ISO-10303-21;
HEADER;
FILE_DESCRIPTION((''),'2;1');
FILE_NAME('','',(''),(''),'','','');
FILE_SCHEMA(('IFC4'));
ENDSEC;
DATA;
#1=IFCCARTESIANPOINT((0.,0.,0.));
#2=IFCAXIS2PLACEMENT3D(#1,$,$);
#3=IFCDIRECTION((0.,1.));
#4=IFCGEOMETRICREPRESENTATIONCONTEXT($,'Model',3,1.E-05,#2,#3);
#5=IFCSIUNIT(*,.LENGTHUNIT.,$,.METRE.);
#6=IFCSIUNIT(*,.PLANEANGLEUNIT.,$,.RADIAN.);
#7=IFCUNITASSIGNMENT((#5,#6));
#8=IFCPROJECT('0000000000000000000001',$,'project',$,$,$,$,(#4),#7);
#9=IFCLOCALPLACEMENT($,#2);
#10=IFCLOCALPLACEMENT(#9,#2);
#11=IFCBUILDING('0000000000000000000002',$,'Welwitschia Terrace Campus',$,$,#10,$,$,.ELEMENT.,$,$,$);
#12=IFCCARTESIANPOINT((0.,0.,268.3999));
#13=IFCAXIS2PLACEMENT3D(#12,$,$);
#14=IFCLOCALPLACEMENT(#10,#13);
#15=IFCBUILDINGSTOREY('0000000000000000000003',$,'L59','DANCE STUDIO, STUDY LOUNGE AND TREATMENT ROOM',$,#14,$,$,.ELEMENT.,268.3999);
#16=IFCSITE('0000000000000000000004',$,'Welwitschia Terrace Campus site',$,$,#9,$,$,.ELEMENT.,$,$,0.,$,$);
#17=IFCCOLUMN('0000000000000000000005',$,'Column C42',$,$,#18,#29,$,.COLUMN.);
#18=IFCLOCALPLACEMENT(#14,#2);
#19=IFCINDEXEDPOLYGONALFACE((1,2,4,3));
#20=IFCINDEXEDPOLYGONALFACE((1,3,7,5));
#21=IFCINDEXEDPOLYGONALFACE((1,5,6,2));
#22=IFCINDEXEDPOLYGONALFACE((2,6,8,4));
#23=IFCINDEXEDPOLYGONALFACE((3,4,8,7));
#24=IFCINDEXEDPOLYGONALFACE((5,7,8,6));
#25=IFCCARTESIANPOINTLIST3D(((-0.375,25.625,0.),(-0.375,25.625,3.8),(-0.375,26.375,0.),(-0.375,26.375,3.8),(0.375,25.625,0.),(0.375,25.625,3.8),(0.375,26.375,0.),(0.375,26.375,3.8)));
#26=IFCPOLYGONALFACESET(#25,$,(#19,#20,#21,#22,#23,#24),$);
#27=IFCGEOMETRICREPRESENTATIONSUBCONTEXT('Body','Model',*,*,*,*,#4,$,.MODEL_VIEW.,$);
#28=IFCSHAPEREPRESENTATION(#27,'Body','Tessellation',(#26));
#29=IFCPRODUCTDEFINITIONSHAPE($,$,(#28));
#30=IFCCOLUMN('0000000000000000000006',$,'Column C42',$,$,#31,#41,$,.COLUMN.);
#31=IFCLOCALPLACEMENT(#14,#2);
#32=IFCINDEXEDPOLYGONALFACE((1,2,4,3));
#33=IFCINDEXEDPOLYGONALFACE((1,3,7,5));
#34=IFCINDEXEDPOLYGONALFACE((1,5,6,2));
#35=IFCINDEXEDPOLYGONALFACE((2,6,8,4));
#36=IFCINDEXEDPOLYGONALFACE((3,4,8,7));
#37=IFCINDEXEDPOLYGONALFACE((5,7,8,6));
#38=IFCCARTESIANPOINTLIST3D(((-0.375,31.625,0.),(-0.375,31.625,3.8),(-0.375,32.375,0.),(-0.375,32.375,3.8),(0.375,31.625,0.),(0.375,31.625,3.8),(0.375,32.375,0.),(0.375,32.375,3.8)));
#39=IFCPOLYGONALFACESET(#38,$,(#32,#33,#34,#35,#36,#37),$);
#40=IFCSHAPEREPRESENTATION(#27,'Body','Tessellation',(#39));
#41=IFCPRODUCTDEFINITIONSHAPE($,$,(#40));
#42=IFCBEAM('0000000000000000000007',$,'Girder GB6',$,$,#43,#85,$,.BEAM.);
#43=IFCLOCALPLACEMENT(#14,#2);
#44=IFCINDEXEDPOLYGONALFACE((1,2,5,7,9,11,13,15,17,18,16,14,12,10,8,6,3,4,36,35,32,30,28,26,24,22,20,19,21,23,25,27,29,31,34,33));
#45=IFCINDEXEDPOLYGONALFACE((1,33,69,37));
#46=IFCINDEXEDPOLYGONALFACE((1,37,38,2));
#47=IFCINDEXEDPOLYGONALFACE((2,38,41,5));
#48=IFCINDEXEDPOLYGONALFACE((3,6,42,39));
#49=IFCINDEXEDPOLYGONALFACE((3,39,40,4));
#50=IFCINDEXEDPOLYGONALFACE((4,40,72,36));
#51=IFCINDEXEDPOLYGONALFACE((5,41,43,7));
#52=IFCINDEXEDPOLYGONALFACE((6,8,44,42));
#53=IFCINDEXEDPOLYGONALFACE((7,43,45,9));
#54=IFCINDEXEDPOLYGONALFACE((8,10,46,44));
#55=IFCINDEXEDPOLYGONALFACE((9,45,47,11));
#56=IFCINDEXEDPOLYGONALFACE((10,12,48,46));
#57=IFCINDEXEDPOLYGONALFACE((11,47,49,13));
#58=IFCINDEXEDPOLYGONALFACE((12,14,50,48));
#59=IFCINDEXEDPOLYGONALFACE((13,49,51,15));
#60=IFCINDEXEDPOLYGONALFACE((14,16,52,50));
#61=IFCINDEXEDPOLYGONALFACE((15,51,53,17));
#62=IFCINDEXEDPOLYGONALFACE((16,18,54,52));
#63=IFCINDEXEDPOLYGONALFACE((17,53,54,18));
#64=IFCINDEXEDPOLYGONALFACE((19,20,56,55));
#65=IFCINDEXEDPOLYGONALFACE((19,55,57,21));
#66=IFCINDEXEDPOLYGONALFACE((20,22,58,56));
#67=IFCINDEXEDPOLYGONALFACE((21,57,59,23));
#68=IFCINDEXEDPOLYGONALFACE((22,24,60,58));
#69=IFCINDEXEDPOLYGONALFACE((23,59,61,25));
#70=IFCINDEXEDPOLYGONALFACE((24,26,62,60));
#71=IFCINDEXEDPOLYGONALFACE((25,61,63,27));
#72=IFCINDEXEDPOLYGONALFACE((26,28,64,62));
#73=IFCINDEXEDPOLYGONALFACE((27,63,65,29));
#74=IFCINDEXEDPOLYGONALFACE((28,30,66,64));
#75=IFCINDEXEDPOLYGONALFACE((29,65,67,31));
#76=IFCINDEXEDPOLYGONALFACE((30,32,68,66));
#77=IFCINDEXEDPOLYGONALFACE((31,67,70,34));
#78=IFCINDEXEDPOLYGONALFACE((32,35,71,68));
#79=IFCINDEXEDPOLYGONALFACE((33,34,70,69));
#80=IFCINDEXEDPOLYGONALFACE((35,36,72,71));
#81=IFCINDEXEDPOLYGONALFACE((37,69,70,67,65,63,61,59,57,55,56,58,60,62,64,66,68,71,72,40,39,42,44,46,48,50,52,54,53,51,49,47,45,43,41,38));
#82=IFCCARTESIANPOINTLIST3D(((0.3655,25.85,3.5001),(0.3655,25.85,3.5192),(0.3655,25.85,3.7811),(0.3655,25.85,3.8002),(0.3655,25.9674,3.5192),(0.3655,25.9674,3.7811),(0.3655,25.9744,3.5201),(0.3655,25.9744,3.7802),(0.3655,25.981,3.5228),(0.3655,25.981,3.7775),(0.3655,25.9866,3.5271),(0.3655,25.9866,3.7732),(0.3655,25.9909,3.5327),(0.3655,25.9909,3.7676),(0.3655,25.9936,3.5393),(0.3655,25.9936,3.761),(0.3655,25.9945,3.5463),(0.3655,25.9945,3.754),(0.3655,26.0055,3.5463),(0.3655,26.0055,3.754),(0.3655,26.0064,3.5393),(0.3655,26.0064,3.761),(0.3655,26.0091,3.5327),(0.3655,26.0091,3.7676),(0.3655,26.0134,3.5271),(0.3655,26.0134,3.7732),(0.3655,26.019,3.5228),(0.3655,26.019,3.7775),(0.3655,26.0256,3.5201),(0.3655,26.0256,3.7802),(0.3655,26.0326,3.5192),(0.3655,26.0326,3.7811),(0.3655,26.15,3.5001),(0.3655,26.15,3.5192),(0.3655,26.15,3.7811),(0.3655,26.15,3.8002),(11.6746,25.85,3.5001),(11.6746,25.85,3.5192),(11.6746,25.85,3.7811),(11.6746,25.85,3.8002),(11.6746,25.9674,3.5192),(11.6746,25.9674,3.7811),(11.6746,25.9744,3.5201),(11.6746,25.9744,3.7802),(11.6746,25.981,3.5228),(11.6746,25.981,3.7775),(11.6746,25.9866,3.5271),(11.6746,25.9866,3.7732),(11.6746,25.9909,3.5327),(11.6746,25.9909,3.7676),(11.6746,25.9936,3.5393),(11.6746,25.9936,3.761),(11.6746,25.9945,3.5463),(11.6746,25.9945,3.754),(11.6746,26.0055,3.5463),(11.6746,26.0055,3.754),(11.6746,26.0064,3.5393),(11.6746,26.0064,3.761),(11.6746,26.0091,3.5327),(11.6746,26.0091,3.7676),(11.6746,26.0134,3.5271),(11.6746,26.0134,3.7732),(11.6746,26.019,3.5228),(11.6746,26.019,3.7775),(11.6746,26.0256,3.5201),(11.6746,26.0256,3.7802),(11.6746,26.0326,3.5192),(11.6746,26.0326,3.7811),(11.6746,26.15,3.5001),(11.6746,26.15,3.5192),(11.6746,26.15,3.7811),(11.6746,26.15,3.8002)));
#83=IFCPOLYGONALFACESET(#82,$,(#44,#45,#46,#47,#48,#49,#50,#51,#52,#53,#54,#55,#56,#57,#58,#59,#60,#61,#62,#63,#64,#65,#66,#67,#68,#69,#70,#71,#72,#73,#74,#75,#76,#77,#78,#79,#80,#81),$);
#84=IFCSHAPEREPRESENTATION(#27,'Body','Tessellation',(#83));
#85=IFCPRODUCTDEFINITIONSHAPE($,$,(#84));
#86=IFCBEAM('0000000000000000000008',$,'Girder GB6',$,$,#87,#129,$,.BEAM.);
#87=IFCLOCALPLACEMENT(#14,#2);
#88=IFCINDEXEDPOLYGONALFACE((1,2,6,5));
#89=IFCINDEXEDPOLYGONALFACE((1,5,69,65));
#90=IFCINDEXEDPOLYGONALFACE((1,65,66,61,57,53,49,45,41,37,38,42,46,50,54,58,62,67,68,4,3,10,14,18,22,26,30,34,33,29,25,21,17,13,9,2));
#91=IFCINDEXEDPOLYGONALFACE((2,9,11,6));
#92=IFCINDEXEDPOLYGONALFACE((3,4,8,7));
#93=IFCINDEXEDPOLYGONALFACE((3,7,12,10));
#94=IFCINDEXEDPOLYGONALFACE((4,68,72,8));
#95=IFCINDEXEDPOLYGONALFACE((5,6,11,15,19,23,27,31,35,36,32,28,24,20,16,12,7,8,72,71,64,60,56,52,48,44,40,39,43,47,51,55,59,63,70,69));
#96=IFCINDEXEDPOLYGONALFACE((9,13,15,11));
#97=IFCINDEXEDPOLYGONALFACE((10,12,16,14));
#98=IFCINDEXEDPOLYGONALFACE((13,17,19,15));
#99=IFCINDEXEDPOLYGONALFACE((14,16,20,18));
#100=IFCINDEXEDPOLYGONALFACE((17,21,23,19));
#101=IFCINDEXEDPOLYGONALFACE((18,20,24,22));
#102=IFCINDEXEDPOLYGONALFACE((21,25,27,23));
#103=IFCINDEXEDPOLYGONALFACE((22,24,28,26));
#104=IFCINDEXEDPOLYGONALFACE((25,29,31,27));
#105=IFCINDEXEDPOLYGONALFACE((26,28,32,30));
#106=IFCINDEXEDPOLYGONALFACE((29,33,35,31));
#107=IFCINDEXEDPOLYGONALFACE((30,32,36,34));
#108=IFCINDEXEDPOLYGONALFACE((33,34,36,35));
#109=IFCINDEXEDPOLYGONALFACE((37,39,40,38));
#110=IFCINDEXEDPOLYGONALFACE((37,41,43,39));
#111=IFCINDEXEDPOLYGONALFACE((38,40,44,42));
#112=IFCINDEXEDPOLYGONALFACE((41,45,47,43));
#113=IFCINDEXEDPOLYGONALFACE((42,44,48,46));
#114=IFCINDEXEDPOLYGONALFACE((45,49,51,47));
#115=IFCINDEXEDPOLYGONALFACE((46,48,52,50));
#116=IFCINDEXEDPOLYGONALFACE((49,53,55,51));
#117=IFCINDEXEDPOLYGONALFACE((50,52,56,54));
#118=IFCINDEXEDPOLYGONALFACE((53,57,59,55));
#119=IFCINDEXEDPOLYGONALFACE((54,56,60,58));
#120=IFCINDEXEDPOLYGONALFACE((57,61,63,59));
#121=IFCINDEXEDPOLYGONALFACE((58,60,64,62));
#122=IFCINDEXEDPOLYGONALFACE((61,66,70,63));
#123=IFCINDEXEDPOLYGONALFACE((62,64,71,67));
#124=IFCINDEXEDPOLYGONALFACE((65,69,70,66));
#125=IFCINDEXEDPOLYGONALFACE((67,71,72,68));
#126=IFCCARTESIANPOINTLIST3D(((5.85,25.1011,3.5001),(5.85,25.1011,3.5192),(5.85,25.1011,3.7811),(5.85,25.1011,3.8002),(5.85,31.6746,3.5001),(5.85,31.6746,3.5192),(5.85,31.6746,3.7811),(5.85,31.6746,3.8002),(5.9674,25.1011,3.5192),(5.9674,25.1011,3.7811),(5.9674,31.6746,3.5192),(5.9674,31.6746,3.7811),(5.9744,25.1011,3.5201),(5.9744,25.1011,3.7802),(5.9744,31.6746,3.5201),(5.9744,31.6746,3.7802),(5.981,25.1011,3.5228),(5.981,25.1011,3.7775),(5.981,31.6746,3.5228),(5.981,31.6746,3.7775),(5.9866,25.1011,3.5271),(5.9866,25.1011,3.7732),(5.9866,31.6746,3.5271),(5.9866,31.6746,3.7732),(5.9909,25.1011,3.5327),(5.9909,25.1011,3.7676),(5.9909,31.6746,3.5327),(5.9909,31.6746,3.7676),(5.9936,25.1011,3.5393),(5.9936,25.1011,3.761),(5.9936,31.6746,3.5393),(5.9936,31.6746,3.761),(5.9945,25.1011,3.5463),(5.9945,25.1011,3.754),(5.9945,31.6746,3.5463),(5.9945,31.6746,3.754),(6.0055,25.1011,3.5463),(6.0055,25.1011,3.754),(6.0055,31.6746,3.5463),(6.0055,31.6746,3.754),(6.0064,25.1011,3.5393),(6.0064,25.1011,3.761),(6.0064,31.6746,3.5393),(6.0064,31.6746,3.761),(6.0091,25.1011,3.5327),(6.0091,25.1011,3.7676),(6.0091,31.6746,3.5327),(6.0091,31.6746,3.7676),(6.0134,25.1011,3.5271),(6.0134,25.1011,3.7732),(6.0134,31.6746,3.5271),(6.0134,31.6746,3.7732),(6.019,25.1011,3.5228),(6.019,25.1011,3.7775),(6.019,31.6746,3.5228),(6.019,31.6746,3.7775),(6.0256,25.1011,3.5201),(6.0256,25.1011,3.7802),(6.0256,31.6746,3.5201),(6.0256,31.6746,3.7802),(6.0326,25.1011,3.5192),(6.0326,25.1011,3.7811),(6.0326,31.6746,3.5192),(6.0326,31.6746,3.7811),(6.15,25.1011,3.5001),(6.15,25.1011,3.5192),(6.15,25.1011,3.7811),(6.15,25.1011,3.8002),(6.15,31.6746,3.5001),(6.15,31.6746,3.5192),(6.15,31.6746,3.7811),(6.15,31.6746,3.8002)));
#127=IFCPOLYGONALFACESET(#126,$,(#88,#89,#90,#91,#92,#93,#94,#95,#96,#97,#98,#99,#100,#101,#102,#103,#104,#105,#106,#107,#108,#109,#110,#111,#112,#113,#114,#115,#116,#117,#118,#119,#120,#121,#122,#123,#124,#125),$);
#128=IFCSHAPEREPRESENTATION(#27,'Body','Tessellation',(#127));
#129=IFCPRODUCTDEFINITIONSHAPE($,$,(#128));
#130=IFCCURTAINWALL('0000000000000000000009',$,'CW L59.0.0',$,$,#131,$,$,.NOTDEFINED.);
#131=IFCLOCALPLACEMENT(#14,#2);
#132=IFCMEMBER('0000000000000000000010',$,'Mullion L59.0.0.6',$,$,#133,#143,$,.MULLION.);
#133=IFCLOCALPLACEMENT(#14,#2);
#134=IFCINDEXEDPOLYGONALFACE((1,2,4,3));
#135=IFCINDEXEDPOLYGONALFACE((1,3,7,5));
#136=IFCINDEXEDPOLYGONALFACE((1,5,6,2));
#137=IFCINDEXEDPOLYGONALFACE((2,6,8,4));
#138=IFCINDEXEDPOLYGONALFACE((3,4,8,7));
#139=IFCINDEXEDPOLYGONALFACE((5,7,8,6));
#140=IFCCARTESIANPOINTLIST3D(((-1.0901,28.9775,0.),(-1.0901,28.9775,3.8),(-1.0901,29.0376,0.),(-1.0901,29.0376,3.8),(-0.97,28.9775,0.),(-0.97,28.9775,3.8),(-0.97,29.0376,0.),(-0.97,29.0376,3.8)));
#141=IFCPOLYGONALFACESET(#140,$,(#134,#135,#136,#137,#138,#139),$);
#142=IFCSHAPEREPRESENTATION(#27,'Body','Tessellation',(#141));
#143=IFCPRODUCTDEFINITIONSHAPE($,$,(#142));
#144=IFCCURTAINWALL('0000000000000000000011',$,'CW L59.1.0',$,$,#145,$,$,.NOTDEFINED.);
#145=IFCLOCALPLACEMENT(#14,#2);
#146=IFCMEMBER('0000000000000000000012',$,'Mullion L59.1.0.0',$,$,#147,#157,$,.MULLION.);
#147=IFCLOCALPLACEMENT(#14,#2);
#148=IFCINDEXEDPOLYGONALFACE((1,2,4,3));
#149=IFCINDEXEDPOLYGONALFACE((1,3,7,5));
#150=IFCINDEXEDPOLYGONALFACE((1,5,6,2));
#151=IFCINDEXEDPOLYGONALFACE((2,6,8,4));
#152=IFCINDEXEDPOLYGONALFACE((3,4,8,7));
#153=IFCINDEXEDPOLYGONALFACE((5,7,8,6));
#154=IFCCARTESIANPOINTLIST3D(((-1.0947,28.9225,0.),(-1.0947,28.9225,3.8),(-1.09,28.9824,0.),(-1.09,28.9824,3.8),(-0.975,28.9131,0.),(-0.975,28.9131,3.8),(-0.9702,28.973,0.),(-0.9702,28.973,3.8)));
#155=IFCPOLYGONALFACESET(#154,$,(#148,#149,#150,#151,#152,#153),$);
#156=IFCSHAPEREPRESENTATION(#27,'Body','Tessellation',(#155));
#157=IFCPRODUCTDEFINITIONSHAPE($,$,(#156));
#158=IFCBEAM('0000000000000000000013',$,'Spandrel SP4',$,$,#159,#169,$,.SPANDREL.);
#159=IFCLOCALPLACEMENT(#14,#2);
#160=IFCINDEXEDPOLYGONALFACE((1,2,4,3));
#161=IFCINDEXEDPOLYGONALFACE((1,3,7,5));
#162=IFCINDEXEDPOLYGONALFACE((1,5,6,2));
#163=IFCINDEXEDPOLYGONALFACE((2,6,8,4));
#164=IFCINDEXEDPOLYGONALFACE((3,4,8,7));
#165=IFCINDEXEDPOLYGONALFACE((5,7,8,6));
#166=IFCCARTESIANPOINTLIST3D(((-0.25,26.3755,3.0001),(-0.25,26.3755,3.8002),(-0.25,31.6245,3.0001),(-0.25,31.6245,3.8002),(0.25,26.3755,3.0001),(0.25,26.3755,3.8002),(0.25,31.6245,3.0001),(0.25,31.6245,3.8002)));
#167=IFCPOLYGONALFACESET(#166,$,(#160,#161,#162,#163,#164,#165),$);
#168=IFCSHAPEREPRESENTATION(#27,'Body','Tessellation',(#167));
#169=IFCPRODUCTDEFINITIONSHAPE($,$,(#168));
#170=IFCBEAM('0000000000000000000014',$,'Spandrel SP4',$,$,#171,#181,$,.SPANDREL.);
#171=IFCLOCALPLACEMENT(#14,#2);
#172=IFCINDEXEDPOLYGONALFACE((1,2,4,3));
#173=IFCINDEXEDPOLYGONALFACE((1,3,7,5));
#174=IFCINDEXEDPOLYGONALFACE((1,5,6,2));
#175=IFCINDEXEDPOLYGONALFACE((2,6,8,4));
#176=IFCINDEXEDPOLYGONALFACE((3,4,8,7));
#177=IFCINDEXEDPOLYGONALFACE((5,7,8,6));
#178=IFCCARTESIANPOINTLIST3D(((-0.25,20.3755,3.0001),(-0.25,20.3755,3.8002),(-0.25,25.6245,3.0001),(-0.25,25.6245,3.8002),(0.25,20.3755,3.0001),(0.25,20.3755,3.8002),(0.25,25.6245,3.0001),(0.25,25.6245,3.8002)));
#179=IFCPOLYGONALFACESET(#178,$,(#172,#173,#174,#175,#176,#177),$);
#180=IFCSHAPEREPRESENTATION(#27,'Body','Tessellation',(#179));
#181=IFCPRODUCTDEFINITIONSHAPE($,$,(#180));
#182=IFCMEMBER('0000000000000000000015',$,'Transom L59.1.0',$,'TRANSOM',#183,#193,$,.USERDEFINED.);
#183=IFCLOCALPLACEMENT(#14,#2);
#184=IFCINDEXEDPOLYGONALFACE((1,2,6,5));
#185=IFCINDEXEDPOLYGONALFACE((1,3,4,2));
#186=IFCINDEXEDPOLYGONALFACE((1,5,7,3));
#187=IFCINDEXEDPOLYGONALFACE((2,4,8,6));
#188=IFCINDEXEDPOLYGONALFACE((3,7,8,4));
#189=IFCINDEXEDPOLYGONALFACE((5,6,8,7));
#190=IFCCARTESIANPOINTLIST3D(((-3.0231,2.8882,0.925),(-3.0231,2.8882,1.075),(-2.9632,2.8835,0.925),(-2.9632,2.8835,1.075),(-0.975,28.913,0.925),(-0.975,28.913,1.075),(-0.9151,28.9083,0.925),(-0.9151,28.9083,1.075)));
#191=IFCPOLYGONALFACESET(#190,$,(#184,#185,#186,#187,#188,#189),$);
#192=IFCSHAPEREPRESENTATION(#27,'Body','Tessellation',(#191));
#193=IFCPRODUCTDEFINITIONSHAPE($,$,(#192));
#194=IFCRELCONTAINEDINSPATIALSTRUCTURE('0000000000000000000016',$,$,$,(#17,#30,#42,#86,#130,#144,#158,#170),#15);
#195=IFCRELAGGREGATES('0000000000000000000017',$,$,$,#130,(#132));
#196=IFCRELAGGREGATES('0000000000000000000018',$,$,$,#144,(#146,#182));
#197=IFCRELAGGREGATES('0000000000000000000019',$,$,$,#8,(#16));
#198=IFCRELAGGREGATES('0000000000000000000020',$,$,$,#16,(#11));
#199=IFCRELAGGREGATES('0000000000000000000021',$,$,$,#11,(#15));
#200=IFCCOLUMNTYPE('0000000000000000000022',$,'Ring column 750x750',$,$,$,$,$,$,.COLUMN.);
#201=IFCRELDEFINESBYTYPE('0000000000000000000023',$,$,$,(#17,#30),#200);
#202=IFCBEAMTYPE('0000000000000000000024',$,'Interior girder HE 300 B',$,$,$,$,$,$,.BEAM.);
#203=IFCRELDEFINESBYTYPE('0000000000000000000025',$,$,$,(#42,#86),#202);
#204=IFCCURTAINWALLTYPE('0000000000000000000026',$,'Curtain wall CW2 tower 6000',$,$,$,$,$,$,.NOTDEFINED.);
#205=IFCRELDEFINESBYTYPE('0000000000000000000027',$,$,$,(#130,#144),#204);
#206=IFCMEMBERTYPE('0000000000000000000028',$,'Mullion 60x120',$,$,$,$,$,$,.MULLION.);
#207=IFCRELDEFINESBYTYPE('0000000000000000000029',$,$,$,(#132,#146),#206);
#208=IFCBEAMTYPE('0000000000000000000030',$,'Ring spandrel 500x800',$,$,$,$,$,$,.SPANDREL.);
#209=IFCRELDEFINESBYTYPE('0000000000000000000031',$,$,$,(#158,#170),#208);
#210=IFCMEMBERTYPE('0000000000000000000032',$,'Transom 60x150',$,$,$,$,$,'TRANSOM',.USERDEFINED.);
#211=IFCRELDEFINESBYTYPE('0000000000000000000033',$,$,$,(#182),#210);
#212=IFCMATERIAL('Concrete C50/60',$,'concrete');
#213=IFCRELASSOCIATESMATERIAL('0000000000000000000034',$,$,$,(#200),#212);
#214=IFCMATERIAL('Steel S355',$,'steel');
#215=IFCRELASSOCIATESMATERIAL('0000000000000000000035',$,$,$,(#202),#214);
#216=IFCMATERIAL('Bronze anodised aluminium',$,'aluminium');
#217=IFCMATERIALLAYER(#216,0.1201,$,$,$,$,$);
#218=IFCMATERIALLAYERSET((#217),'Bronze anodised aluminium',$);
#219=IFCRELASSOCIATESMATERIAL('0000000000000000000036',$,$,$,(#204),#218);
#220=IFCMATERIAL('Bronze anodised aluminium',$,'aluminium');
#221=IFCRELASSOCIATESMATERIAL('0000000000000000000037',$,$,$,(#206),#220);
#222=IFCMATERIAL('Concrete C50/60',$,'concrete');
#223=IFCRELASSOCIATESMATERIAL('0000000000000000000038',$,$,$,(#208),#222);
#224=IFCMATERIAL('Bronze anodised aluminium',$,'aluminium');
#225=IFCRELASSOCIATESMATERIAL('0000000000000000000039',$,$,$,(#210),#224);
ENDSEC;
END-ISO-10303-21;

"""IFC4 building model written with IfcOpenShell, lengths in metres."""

from ifc_helpers import new_model, si_unit, direction, frame, origin, origin_2d, place, context, subcontext, project, spatial, rectangle, i_section, extrude, material, layer, layer_set, material_profile, profile_set, type_object, element, aggregate, save


model = new_model("IFC4")

# Units and contexts
model_context = context("Model", 3, precision=1e-05, world=origin(), true_north=direction((0.0, 1.0)))
body_context = subcontext(model_context, "Body", "Model", "MODEL_VIEW")
ifc_project = project(units=[si_unit("LENGTHUNIT", "METRE"), si_unit("PLANEANGLEUNIT", "RADIAN")], contexts=[model_context])

# Site, building, storey
site_placement = place(None, origin())
site = spatial("IfcSite", under=ifc_project, at=site_placement, Name="Welwitschia Terrace Campus site", CompositionType="ELEMENT", RefElevation=0.0)
building_placement = place(site_placement, origin())
building = spatial("IfcBuilding", under=site, at=building_placement, Name="Welwitschia Terrace Campus", CompositionType="ELEMENT")
storey_placement = place(building_placement, frame((0.0, 0.0, 268.3999)))
storey = spatial("IfcBuildingStorey", under=building, at=storey_placement, Name="L59", Description="DANCE STUDIO, STUDY LOUNGE AND TREATMENT ROOM", CompositionType="ELEMENT", Elevation=268.3999)

# Columns
ifc_material_1 = material(Name="Concrete C50/60", Category="concrete")
ifc_material_profile_1 = material_profile(ifc_material_1, rectangle(XDim=0.75, YDim=0.75, at=origin_2d()))
ifc_profile_set_1 = profile_set([ifc_material_profile_1], Name="Concrete C50/60")
column_type = type_object("IfcColumnType", Name="Ring column 750x750", PredefinedType="COLUMN", material=ifc_profile_set_1)
for number, where, z_axis, x_axis, name in (
    (1, (0.0, 26.0, 0.0), (0.0, 0.0, 1.0), (1.0, 0.0, 0.0), "Column C42"),
    (2, (0.0, 32.0, 0.0), (0.0, 0.0, 1.0), (1.0, 0.0, 0.0), "Column C42"),
):
    element("IfcColumn", number, at=place(storey_placement, frame(where, z_axis=z_axis, x_axis=x_axis)), inside=storey, type_object=column_type, Name=name, PredefinedType="COLUMN", context=body_context, shape_type="SweptSolid", body=[
        extrude(rectangle(XDim=0.75, YDim=0.75, at=origin_2d()), origin(), (0.0, 0.0, 1.0), 3.8),
    ])

# Beams
ifc_material_2 = material(Name="Steel S355", Category="steel")
ifc_material_profile_2 = material_profile(ifc_material_2, i_section(OverallWidth=0.3, OverallDepth=0.3, WebThickness=0.011, FlangeThickness=0.019, FilletRadius=0.0271, at=origin_2d()))
ifc_profile_set_2 = profile_set([ifc_material_profile_2], Name="Steel S355")
beam_type_1 = type_object("IfcBeamType", Name="Interior girder HE 300 B", PredefinedType="BEAM", material=ifc_profile_set_2)
beam_1_placement = place(storey_placement, frame((0.3655, 26.0, 3.6501), z_axis=(1.0, 0.0, 0.0), x_axis=(0.0, 1.0, 0.0)))
element("IfcBeam", 3, at=beam_1_placement, inside=storey, type_object=beam_type_1, Name="Girder GB6", PredefinedType="BEAM", context=body_context, shape_type="SweptSolid", body=[
    extrude(i_section(OverallWidth=0.3, OverallDepth=0.3, WebThickness=0.011, FlangeThickness=0.019, FilletRadius=0.0271, at=origin_2d()), origin(), (0.0, 0.0, 1.0), 11.3091),
])
beam_2_placement = place(storey_placement, frame((6.0, 25.1011, 3.6501), z_axis=(0.0, 1.0, 0.0), x_axis=(-1.0, 0.0, 0.0)))
element("IfcBeam", 4, at=beam_2_placement, inside=storey, type_object=beam_type_1, Name="Girder GB6", PredefinedType="BEAM", context=body_context, shape_type="SweptSolid", body=[
    extrude(i_section(OverallWidth=0.3, OverallDepth=0.3, WebThickness=0.011, FlangeThickness=0.019, FilletRadius=0.0271, at=origin_2d()), origin(), (0.0, 0.0, 1.0), 6.5735),
])

# Curtain walls, members
ifc_material_3 = material(Name="Bronze anodised aluminium", Category="aluminium")
ifc_layer_1 = layer(ifc_material_3, 0.1201)
ifc_layer_set_1 = layer_set([ifc_layer_1], Name="Bronze anodised aluminium")
curtain_wall_type = type_object("IfcCurtainWallType", Name="Curtain wall CW2 tower 6000", PredefinedType="NOTDEFINED", material=ifc_layer_set_1)
curtain_wall_1_placement = place(storey_placement, origin())
curtain_wall_1 = element("IfcCurtainWall", 5, at=curtain_wall_1_placement, inside=storey, type_object=curtain_wall_type, Name="CW L59.0.0", PredefinedType="NOTDEFINED")
ifc_material_4 = material(Name="Bronze anodised aluminium", Category="aluminium")
ifc_material_profile_3 = material_profile(ifc_material_4, rectangle(XDim=0.1201, YDim=0.0601, at=origin_2d()))
ifc_profile_set_3 = profile_set([ifc_material_profile_3], Name="Bronze anodised aluminium")
member_type_1 = type_object("IfcMemberType", Name="Mullion 60x120", PredefinedType="MULLION", material=ifc_profile_set_3)
member_1_placement = place(storey_placement, frame((-1.03, 29.0076, 0.0), z_axis=(0.0, 0.0, 1.0), x_axis=(1.0, 0.0, 0.0)))
member_1 = element("IfcMember", 6, at=member_1_placement, type_object=member_type_1, Name="Mullion L59.0.0.6", PredefinedType="MULLION", context=body_context, shape_type="SweptSolid", body=[
    extrude(rectangle(XDim=0.1201, YDim=0.0601, at=origin_2d()), origin(), (0.0, 0.0, 1.0), 3.8),
])
curtain_wall_2_placement = place(storey_placement, origin())
curtain_wall_2 = element("IfcCurtainWall", 7, at=curtain_wall_2_placement, inside=storey, type_object=curtain_wall_type, Name="CW L59.1.0", PredefinedType="NOTDEFINED")
member_2_placement = place(storey_placement, frame((-1.0325, 28.9478, 0.0), z_axis=(0.0, 0.0, 1.0), x_axis=(0.996917, -0.078459, 0.0)))
member_2 = element("IfcMember", 8, at=member_2_placement, type_object=member_type_1, Name="Mullion L59.1.0.0", PredefinedType="MULLION", context=body_context, shape_type="SweptSolid", body=[
    extrude(rectangle(XDim=0.1201, YDim=0.0601, at=origin_2d()), origin(), (0.0, 0.0, 1.0), 3.8),
])

# Beams
ifc_material_5 = material(Name="Concrete C50/60", Category="concrete")
ifc_material_profile_4 = material_profile(ifc_material_5, rectangle(XDim=0.5, YDim=0.8, at=origin_2d()))
ifc_profile_set_4 = profile_set([ifc_material_profile_4], Name="Concrete C50/60")
beam_type_2 = type_object("IfcBeamType", Name="Ring spandrel 500x800", PredefinedType="SPANDREL", material=ifc_profile_set_4)
for number, where, z_axis, x_axis, name in (
    (9, (0.0, 31.6245, 3.4001), (0.0, -1.0, 0.0), (1.0, 0.0, 0.0), "Spandrel SP4"),
    (10, (0.0, 25.6245, 3.4001), (0.0, -1.0, 0.0), (1.0, 0.0, 0.0), "Spandrel SP4"),
):
    element("IfcBeam", number, at=place(storey_placement, frame(where, z_axis=z_axis, x_axis=x_axis)), inside=storey, type_object=beam_type_2, Name=name, PredefinedType="SPANDREL", context=body_context, shape_type="SweptSolid", body=[
        extrude(rectangle(XDim=0.5, YDim=0.8, at=origin_2d()), origin(), (0.0, 0.0, 1.0), 5.249),
    ])

# Member
ifc_material_6 = material(Name="Bronze anodised aluminium", Category="aluminium")
ifc_material_profile_5 = material_profile(ifc_material_6, rectangle(XDim=0.0601, YDim=0.1499, at=origin_2d()))
ifc_profile_set_5 = profile_set([ifc_material_profile_5], Name="Bronze anodised aluminium")
member_type_2 = type_object("IfcMemberType", Name="Transom 60x150", ElementType="TRANSOM", PredefinedType="USERDEFINED", material=ifc_profile_set_5)
member_3_placement = place(storey_placement, frame((-0.9451, 28.9106, 1.0), z_axis=(-0.078456, -0.996918, 0.0), x_axis=(0.996918, -0.078456, 0.0)))
member_3 = element("IfcMember", 11, at=member_3_placement, type_object=member_type_2, Name="Transom L59.1.0", ObjectType="TRANSOM", PredefinedType="USERDEFINED", context=body_context, shape_type="SweptSolid", body=[
    extrude(rectangle(XDim=0.0601, YDim=0.1499, at=origin_2d()), origin(), (0.0, 0.0, 1.0), 26.1052),
])

aggregate(curtain_wall_1, [member_1])
aggregate(curtain_wall_2, [member_2, member_3])

save(model, "model.ifc")
